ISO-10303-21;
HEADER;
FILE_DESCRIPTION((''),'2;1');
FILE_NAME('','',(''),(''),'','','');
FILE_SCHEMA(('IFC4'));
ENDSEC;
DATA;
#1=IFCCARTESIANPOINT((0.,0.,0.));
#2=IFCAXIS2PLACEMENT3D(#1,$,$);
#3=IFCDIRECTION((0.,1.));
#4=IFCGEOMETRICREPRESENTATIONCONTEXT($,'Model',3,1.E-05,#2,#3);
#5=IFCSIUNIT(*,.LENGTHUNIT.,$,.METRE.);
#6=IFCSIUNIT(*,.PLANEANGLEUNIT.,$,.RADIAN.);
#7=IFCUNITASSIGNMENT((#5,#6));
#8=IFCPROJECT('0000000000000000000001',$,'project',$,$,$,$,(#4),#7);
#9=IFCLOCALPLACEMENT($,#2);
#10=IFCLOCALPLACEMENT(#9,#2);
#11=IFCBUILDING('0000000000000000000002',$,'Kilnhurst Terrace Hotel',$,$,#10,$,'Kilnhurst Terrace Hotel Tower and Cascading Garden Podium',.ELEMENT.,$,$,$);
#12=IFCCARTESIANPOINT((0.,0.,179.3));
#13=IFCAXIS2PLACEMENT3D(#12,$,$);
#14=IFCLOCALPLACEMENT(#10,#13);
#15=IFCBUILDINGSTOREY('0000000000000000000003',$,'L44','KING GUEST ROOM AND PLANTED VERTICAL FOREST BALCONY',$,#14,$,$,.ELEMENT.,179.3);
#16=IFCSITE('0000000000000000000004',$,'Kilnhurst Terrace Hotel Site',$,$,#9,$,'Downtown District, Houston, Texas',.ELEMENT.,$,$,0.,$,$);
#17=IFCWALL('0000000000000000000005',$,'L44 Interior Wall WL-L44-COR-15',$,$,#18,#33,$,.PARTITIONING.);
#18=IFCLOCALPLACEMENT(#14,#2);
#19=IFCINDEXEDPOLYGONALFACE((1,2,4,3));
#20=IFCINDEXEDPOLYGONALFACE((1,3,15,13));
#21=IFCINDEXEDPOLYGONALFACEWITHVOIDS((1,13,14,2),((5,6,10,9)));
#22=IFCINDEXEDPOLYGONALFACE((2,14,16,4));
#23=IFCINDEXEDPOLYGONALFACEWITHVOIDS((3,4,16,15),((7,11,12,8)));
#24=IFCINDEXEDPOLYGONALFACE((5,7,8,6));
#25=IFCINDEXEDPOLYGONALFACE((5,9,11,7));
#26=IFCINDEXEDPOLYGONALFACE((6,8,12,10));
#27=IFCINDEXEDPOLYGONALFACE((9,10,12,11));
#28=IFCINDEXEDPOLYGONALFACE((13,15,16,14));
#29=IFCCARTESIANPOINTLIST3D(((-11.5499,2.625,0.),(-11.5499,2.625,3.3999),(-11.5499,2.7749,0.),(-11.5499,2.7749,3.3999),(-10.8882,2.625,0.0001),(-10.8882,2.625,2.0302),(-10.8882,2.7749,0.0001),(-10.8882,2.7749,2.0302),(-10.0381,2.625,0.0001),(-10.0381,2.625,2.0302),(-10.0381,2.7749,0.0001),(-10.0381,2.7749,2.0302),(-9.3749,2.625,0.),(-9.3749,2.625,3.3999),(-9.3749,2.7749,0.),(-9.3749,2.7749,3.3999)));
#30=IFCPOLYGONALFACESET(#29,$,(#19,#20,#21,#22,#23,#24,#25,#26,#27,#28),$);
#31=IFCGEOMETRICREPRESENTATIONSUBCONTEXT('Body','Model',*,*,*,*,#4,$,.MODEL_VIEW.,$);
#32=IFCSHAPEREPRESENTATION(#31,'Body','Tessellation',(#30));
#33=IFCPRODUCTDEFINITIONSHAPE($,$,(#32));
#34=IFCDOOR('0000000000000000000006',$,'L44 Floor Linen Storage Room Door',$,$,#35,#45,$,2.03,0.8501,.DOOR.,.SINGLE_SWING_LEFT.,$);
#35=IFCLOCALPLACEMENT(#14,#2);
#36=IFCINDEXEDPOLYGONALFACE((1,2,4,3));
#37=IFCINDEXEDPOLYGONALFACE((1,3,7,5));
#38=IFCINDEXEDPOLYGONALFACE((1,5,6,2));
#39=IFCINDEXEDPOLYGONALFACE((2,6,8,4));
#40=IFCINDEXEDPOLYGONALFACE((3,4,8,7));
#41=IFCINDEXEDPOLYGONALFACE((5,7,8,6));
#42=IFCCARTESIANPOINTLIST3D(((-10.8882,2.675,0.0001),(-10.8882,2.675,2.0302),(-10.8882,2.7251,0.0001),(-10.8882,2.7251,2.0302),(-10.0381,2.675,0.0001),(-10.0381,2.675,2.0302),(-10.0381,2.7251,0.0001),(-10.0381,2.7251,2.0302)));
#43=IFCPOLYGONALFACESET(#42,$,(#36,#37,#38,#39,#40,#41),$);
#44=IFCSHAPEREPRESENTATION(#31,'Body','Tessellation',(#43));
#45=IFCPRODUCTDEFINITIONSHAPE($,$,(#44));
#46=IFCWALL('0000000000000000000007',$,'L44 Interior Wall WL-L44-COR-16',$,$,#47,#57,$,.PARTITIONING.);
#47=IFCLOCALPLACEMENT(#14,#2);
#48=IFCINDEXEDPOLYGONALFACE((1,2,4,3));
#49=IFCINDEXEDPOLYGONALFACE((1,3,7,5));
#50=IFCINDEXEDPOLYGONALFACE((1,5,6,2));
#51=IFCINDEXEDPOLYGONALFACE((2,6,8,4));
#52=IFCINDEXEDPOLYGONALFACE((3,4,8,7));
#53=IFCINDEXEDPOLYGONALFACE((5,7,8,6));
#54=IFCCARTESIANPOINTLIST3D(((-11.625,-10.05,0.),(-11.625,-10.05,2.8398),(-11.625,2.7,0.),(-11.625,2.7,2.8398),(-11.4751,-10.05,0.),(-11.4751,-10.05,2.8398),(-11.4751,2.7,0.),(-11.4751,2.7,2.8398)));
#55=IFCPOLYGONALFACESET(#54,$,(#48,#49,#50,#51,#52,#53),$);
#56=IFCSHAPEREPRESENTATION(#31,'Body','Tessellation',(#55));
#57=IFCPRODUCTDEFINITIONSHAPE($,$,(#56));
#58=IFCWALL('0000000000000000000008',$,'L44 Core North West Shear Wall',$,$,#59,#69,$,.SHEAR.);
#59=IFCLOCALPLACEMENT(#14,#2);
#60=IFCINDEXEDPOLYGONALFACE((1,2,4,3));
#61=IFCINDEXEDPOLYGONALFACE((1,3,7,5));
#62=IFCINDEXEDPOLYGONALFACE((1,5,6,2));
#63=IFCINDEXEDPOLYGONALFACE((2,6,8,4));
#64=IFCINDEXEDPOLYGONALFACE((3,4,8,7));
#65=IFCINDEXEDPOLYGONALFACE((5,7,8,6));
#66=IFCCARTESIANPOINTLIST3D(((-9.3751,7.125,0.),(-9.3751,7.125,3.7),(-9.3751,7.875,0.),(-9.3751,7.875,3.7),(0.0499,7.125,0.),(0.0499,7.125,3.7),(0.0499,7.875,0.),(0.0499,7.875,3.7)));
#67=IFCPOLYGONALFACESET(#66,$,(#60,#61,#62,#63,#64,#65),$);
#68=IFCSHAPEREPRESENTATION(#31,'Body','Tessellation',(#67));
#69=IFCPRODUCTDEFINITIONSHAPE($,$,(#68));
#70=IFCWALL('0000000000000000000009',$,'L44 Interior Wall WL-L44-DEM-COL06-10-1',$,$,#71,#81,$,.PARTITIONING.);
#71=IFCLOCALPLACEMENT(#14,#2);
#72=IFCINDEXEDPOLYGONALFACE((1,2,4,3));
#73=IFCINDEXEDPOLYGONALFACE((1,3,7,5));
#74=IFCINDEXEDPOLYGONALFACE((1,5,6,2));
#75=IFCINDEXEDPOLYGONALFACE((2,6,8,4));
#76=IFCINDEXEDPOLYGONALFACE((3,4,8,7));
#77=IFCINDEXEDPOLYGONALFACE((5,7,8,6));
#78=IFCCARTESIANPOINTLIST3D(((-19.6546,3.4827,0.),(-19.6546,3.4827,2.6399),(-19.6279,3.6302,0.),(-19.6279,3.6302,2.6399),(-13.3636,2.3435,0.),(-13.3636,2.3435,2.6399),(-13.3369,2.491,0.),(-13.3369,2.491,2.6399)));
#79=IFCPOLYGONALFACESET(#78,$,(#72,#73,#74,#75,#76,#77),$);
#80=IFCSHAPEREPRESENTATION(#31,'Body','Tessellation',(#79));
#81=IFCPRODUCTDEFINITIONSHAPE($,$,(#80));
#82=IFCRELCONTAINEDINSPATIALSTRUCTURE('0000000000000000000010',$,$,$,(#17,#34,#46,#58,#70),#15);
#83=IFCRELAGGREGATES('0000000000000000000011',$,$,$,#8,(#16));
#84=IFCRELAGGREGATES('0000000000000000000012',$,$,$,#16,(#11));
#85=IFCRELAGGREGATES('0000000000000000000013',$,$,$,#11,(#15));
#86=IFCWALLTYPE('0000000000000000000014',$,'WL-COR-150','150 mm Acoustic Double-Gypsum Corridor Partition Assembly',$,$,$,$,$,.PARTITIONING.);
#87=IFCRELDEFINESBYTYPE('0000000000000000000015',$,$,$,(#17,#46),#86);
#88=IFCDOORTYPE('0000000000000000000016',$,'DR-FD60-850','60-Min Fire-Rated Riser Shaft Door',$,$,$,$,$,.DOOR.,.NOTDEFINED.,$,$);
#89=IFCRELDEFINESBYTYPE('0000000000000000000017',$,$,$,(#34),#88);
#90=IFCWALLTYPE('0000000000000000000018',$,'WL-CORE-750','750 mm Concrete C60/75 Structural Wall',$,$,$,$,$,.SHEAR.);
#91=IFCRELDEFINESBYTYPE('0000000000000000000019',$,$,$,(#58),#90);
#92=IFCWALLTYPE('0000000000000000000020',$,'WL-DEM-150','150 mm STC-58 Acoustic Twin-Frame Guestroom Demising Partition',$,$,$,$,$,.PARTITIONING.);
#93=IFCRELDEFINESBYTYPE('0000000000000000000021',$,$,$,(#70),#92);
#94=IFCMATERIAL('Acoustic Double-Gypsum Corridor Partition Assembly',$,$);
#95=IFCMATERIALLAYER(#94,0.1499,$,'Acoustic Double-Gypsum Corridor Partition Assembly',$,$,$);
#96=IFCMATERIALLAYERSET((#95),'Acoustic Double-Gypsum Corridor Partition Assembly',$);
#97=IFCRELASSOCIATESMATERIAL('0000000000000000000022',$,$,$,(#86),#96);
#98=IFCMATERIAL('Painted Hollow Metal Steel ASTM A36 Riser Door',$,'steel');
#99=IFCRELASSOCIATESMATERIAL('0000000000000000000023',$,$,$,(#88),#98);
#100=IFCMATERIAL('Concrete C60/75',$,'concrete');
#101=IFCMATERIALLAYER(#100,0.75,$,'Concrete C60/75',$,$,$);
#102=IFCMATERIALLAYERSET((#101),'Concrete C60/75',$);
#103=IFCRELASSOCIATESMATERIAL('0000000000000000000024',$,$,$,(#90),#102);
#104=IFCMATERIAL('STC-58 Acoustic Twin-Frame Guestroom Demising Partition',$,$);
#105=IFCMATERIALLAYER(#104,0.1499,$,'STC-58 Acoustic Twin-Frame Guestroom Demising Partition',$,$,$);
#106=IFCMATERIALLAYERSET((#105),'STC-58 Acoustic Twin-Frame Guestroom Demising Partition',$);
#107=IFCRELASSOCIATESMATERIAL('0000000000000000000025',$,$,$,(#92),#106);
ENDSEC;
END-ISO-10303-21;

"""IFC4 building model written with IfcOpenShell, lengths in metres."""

from ifc_helpers import new_model, si_unit, direction, frame, frame_2d, origin, place, context, subcontext, project, spatial, rectangle, extrude, material, layer, layer_set, type_object, element, fill, save


model = new_model("IFC4")

# Units and contexts
model_context = context("Model", 3, precision=1e-05, world=origin(), true_north=direction((0.0, 1.0)))
body_context = subcontext(model_context, "Body", "Model", "MODEL_VIEW")
ifc_project = project(units=[si_unit("LENGTHUNIT", "METRE"), si_unit("PLANEANGLEUNIT", "RADIAN")], contexts=[model_context])

# Site, building, storey
site_placement = place(None, origin())
site = spatial("IfcSite", under=ifc_project, at=site_placement, Name="Kilnhurst Terrace Hotel Site", LongName="Downtown District, Houston, Texas", CompositionType="ELEMENT", RefElevation=0.0)
building_placement = place(site_placement, origin())
building = spatial("IfcBuilding", under=site, at=building_placement, Name="Kilnhurst Terrace Hotel", LongName="Kilnhurst Terrace Hotel Tower and Cascading Garden Podium", CompositionType="ELEMENT")
storey_placement = place(building_placement, frame((0.0, 0.0, 179.3)))
storey = spatial("IfcBuildingStorey", under=building, at=storey_placement, Name="L44", Description="KING GUEST ROOM AND PLANTED VERTICAL FOREST BALCONY", CompositionType="ELEMENT", Elevation=179.3)

# Shared definitions
ifc_material_1 = material(Name="Acoustic Double-Gypsum Corridor Partition Assembly")
ifc_layer_1 = layer(ifc_material_1, 0.1499, Name="Acoustic Double-Gypsum Corridor Partition Assembly")
ifc_layer_set_1 = layer_set([ifc_layer_1], Name="Acoustic Double-Gypsum Corridor Partition Assembly")
wall_type_1 = type_object("IfcWallType", Name="WL-COR-150", Description="150 mm Acoustic Double-Gypsum Corridor Partition Assembly", PredefinedType="PARTITIONING", material=ifc_layer_set_1)

# Wall, opening, door
wall_1_placement = place(storey_placement, frame((-9.375, 2.7, 0.0), z_axis=(0.0, 0.0, 1.0), x_axis=(-1.0, 0.0, 0.0)))
wall_1 = element("IfcWall", 1, at=wall_1_placement, inside=storey, type_object=wall_type_1, Name="L44 Interior Wall WL-L44-COR-15", PredefinedType="PARTITIONING", context=body_context, shape_type="SweptSolid", body=[
    extrude(rectangle(XDim=2.175, YDim=0.1499, at=frame_2d((1.0874, 0.0))), origin(), (0.0, 0.0, 1.0), 3.3999),
])
opening_placement = place(wall_1_placement, frame((0.6631, 0.0, 0.0)))
opening = element("IfcOpeningElement", 2, at=opening_placement, cuts=wall_1, PredefinedType="OPENING", context=body_context, shape_type="SweptSolid", body=[
    extrude(rectangle(XDim=0.8501, YDim=2.03, at=frame_2d((0.425, 1.0151))), frame((0.0, 0.085, 0.0), z_axis=(0.0, -1.0, 0.0), x_axis=(1.0, 0.0, 0.0)), (0.0, 0.0, 1.0), 0.1699),
])
ifc_material_2 = material(Name="Painted Hollow Metal Steel ASTM A36 Riser Door", Category="steel")
door_type = type_object("IfcDoorType", Name="DR-FD60-850", Description="60-Min Fire-Rated Riser Shaft Door", OperationType="NOTDEFINED", PredefinedType="DOOR", material=ifc_material_2)
door_placement = place(opening_placement, origin())
door = element("IfcDoor", 3, at=door_placement, inside=storey, type_object=door_type, Name="L44 Floor Linen Storage Room Door", OperationType="SINGLE_SWING_LEFT", OverallHeight=2.03, OverallWidth=0.8501, PredefinedType="DOOR", context=body_context, shape_type="SweptSolid", body=[
    extrude(rectangle(XDim=0.8501, YDim=2.03, at=frame_2d((0.425, 1.0151))), frame((0.0, 0.0249, 0.0), z_axis=(0.0, -1.0, 0.0), x_axis=(1.0, 0.0, 0.0)), (0.0, 0.0, 1.0), 0.05),
])
fill(opening, door)

# Walls
wall_2_placement = place(storey_placement, frame((-11.55, 2.7, 0.0), z_axis=(0.0, 0.0, 1.0), x_axis=(0.0, -1.0, 0.0)))
element("IfcWall", 4, at=wall_2_placement, inside=storey, type_object=wall_type_1, Name="L44 Interior Wall WL-L44-COR-16", PredefinedType="PARTITIONING", context=body_context, shape_type="SweptSolid", body=[
    extrude(rectangle(XDim=12.75, YDim=0.1499, at=frame_2d((6.375, 0.0))), origin(), (0.0, 0.0, 1.0), 2.8398),
])
ifc_material_3 = material(Name="Concrete C60/75", Category="concrete")
ifc_layer_2 = layer(ifc_material_3, 0.75, Name="Concrete C60/75")
ifc_layer_set_2 = layer_set([ifc_layer_2], Name="Concrete C60/75")
wall_type_2 = type_object("IfcWallType", Name="WL-CORE-750", Description="750 mm Concrete C60/75 Structural Wall", PredefinedType="SHEAR", material=ifc_layer_set_2)
wall_3_placement = place(storey_placement, frame((-9.375, 7.5, 0.0), z_axis=(0.0, 0.0, 1.0), x_axis=(1.0, 0.0, 0.0)))
element("IfcWall", 5, at=wall_3_placement, inside=storey, type_object=wall_type_2, Name="L44 Core North West Shear Wall", PredefinedType="SHEAR", context=body_context, shape_type="SweptSolid", body=[
    extrude(rectangle(XDim=9.425, YDim=0.75, at=frame_2d((4.7124, 0.0))), origin(), (0.0, 0.0, 1.0), 3.7),
])
ifc_material_4 = material(Name="STC-58 Acoustic Twin-Frame Guestroom Demising Partition")
ifc_layer_3 = layer(ifc_material_4, 0.1499, Name="STC-58 Acoustic Twin-Frame Guestroom Demising Partition")
ifc_layer_set_3 = layer_set([ifc_layer_3], Name="STC-58 Acoustic Twin-Frame Guestroom Demising Partition")
wall_type_3 = type_object("IfcWallType", Name="WL-DEM-150", Description="150 mm STC-58 Acoustic Twin-Frame Guestroom Demising Partition", PredefinedType="PARTITIONING", material=ifc_layer_set_3)
wall_4_placement = place(storey_placement, frame((-13.3501, 2.4172, 0.0), z_axis=(0.0, 0.0, 1.0), x_axis=(-0.983998, 0.17818, 0.0)))
element("IfcWall", 6, at=wall_4_placement, inside=storey, type_object=wall_type_3, Name="L44 Interior Wall WL-L44-DEM-COL06-10-1", PredefinedType="PARTITIONING", context=body_context, shape_type="SweptSolid", body=[
    extrude(rectangle(XDim=6.3933, YDim=0.1499, at=frame_2d((3.1968, 0.0))), origin(), (0.0, 0.0, 1.0), 2.6399),
])

save(model, "model.ifc")
